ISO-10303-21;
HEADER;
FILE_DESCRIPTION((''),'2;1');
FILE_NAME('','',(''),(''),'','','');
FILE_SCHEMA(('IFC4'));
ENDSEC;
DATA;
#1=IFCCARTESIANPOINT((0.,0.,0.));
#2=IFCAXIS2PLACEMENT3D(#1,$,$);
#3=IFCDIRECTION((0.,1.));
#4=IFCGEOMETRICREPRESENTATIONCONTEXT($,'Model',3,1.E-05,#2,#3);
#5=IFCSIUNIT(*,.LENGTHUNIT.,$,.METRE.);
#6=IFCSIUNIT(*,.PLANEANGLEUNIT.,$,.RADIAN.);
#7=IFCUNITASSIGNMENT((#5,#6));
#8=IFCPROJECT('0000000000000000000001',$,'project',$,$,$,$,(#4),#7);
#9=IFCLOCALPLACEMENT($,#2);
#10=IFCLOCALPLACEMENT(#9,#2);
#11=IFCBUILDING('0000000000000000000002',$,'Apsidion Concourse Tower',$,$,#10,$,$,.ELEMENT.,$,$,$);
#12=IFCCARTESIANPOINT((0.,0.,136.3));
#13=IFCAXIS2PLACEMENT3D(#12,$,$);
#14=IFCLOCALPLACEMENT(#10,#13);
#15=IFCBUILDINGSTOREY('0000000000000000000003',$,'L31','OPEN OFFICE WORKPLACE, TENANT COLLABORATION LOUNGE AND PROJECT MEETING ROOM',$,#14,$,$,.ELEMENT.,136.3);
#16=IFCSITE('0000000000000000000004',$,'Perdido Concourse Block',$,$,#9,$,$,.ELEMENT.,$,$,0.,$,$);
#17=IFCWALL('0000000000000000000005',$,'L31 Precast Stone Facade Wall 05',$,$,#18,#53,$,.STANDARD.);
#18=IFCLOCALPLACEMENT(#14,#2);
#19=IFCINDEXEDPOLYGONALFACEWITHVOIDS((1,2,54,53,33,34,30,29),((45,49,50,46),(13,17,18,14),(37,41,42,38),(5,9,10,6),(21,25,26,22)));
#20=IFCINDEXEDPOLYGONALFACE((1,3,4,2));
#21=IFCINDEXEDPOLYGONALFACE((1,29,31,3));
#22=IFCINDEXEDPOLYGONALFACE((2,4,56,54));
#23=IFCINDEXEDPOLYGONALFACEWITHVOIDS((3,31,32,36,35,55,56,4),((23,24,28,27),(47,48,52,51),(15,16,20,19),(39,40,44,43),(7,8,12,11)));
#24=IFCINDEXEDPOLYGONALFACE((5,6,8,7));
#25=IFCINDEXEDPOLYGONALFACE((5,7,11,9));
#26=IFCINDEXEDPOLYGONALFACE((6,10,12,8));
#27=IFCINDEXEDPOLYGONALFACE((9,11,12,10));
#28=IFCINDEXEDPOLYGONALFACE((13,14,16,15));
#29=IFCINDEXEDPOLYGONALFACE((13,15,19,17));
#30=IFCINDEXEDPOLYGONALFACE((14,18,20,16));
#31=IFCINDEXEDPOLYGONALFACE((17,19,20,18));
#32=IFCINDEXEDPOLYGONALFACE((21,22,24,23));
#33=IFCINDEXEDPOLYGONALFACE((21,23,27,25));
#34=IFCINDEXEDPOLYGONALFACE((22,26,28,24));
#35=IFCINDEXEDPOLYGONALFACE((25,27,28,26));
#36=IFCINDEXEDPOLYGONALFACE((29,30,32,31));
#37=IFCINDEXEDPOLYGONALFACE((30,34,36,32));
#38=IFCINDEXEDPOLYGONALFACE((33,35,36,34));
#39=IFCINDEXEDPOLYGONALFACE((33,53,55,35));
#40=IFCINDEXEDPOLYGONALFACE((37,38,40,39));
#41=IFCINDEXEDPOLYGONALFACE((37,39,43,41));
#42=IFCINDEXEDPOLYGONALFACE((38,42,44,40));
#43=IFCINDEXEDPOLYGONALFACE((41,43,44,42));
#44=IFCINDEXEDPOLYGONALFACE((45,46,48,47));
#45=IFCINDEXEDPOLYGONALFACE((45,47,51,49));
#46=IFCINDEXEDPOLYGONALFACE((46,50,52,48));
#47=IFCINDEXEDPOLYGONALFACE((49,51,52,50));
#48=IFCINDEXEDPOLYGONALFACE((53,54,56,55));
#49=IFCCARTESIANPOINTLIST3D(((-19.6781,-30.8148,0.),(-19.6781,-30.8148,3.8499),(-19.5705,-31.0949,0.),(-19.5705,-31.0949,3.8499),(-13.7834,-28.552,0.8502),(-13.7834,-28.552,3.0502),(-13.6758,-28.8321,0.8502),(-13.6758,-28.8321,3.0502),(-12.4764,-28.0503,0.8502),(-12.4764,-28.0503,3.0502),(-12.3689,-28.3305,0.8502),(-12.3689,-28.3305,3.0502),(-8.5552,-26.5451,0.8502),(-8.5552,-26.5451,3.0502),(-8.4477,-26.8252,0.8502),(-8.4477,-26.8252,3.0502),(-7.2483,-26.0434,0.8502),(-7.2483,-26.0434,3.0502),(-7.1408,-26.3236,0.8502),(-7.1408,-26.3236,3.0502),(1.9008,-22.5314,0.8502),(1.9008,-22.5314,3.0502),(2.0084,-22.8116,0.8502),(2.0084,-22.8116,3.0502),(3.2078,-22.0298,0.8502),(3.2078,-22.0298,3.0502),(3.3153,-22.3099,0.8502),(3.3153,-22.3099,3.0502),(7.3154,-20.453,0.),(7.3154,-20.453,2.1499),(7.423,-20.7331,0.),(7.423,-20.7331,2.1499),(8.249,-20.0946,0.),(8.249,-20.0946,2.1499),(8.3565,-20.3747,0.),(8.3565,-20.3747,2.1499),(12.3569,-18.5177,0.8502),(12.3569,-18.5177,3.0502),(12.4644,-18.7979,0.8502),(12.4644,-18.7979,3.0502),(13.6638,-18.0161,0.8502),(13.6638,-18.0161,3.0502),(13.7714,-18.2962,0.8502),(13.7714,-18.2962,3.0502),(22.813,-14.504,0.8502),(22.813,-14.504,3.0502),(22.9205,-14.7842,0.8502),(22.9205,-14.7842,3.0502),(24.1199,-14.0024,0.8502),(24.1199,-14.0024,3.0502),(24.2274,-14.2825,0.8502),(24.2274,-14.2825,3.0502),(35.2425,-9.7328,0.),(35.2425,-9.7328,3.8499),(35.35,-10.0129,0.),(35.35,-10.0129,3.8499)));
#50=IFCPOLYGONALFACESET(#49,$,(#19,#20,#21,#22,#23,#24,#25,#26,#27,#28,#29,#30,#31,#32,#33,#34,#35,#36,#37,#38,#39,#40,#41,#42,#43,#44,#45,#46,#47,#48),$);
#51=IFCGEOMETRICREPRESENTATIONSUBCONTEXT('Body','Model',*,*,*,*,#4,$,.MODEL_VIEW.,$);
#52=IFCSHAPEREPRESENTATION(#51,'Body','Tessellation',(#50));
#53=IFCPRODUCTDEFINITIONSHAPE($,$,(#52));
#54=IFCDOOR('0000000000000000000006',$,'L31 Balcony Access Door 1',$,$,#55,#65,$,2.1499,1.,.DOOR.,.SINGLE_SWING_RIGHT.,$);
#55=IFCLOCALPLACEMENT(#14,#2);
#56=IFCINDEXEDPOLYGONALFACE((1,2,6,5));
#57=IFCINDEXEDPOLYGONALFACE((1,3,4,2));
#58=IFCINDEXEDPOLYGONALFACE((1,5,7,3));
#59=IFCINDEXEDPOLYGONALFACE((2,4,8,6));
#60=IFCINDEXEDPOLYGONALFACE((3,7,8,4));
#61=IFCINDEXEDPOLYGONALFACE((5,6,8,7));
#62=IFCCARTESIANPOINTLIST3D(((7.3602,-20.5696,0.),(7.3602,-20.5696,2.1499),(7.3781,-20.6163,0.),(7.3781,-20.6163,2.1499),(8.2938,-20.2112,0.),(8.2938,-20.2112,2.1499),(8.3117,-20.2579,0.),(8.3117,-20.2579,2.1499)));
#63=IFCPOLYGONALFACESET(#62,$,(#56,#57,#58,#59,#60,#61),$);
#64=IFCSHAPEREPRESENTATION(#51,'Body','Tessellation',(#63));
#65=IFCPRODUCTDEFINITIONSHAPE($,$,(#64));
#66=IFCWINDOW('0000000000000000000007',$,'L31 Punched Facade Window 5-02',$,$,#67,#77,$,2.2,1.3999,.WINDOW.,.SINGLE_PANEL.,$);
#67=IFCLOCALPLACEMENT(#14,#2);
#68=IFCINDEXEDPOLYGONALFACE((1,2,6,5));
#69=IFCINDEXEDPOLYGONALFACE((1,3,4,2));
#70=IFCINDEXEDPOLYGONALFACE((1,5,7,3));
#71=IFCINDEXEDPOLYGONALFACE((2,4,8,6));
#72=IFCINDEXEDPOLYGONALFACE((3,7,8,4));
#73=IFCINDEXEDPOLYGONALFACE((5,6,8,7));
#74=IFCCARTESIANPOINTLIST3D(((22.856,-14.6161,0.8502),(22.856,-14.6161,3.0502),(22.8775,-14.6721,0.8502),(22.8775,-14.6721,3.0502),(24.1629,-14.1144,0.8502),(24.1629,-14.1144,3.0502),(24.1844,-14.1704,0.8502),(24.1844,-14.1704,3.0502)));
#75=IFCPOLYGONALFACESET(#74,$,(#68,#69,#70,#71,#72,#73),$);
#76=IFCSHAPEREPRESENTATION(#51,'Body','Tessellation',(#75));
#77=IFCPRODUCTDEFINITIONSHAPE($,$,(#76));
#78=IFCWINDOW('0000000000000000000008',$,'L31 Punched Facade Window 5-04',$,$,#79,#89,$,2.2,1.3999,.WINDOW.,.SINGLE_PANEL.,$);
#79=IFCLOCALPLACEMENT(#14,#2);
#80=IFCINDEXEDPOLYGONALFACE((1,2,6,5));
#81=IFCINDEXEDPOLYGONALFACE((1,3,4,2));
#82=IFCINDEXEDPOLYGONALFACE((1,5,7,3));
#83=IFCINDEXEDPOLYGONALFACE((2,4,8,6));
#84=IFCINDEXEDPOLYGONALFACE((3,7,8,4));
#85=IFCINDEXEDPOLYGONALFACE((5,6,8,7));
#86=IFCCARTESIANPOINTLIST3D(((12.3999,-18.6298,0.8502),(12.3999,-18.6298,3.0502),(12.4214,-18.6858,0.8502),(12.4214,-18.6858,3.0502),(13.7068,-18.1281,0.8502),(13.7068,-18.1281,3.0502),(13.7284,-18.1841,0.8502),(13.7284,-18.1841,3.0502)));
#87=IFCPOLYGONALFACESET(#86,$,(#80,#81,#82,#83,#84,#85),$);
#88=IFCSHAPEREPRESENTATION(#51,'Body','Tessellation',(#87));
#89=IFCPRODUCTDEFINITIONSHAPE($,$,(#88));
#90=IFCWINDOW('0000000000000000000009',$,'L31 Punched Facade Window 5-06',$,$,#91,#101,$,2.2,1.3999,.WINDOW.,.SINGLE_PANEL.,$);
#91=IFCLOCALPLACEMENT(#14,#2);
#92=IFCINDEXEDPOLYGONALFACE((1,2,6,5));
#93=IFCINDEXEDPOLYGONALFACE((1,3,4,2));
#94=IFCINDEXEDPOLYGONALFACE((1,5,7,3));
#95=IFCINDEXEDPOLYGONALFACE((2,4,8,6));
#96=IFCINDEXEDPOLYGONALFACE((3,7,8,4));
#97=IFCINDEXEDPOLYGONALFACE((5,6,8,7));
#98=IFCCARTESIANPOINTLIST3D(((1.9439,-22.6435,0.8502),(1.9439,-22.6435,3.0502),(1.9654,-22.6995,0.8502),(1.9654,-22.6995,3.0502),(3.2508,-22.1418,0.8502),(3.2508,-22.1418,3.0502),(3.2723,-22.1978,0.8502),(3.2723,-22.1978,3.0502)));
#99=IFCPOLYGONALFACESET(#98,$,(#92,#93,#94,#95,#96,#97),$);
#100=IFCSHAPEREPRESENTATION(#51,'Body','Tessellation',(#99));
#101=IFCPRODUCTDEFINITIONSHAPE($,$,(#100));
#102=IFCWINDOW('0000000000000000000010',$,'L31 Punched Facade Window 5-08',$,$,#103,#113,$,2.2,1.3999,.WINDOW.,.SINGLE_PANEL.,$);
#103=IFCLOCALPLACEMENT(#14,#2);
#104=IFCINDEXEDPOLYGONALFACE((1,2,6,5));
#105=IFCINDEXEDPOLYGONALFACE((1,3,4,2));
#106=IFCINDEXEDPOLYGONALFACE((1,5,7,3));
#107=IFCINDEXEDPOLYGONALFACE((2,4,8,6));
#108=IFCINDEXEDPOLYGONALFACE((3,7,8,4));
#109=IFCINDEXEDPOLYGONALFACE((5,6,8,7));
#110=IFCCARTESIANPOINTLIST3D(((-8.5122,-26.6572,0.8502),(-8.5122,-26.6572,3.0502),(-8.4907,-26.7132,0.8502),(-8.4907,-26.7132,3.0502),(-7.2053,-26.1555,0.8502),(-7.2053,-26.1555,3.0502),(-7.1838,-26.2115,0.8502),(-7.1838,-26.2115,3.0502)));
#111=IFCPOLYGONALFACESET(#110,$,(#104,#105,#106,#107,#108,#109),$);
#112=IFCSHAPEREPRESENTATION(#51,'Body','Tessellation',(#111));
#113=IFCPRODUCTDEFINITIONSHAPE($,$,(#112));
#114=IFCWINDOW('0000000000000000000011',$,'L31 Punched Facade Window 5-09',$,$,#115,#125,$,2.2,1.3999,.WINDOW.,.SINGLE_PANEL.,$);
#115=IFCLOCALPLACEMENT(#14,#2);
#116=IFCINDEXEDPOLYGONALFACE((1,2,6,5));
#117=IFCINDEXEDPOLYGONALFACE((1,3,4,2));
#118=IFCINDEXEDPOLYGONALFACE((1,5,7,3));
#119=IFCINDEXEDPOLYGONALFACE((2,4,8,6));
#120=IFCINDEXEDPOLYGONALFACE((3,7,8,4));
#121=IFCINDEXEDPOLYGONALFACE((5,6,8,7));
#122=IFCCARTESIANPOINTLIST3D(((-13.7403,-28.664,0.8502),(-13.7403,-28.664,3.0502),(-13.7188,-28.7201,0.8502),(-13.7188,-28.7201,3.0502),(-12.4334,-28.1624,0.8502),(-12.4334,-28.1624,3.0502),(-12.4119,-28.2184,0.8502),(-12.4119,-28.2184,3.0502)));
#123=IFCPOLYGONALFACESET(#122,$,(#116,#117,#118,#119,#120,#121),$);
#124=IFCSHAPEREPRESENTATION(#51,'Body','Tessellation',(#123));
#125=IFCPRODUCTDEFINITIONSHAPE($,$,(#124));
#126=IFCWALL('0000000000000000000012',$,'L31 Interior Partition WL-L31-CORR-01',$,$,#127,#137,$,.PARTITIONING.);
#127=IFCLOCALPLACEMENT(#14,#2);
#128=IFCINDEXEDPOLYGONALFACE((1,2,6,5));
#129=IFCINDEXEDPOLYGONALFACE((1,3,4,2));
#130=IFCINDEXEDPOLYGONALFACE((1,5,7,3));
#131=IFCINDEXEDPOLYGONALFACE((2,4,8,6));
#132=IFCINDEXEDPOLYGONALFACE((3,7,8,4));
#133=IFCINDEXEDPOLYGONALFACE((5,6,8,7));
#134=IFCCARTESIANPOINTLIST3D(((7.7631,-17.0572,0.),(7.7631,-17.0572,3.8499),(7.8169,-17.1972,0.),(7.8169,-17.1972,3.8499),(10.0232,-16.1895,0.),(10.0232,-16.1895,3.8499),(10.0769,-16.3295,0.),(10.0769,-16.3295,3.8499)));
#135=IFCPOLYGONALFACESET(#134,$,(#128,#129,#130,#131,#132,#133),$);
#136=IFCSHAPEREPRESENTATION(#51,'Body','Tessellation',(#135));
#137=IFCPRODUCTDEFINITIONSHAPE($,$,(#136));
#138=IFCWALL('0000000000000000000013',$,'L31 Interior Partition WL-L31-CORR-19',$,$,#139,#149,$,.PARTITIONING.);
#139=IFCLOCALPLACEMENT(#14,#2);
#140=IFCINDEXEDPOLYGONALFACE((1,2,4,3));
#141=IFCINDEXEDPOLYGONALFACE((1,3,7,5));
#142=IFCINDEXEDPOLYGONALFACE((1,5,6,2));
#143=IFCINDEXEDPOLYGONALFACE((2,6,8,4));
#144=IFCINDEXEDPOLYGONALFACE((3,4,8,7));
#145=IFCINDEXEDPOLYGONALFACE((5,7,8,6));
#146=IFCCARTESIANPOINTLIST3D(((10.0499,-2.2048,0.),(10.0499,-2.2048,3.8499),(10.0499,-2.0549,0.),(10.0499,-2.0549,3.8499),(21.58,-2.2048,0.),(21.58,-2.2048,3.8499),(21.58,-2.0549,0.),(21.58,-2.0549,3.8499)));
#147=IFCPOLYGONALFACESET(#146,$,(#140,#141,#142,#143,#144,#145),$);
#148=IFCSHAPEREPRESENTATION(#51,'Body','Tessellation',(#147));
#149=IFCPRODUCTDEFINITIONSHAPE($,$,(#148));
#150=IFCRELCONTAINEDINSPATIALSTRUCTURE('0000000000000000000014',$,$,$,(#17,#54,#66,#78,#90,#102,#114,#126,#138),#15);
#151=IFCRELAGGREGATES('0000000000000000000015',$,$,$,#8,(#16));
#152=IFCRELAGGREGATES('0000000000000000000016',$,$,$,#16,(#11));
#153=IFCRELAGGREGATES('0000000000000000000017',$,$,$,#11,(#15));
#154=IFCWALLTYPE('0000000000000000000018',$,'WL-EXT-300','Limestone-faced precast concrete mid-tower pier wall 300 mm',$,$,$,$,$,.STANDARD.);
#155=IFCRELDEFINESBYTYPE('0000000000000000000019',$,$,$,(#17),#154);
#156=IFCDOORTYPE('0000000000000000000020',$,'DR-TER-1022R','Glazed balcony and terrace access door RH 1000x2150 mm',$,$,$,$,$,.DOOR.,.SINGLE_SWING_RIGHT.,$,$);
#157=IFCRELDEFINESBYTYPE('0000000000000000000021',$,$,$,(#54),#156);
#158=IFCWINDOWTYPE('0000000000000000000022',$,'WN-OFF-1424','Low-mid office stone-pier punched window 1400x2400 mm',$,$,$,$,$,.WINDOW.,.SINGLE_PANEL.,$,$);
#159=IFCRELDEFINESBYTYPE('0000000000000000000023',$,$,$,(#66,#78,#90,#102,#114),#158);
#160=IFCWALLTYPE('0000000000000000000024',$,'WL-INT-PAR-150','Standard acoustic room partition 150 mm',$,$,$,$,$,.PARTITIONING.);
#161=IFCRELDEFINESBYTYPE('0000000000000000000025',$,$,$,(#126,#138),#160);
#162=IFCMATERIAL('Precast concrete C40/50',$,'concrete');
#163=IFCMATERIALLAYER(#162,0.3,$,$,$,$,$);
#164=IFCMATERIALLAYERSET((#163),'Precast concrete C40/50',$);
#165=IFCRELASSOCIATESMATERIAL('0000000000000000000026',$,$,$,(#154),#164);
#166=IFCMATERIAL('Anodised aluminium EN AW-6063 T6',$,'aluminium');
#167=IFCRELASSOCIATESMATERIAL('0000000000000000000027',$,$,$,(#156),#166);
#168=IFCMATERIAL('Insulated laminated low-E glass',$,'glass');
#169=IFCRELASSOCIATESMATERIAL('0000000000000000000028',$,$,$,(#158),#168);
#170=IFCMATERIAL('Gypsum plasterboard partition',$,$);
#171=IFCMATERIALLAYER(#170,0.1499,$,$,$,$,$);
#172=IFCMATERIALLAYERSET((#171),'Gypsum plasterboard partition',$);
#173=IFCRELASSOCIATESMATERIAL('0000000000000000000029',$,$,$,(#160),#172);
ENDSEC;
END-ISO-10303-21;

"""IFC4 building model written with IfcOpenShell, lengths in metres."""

from ifc_helpers import new_model, si_unit, direction, frame, frame_2d, origin, place, context, subcontext, project, spatial, rectangle, extrude, material, layer, layer_set, type_object, element, fill, save


model = new_model("IFC4")

# Units and contexts
model_context = context("Model", 3, precision=1e-05, world=origin(), true_north=direction((0.0, 1.0)))
body_context = subcontext(model_context, "Body", "Model", "MODEL_VIEW")
ifc_project = project(units=[si_unit("LENGTHUNIT", "METRE"), si_unit("PLANEANGLEUNIT", "RADIAN")], contexts=[model_context])

# Site, building, storey
site_placement = place(None, origin())
site = spatial("IfcSite", under=ifc_project, at=site_placement, Name="Perdido Concourse Block", CompositionType="ELEMENT", RefElevation=0.0)
building_placement = place(site_placement, origin())
building = spatial("IfcBuilding", under=site, at=building_placement, Name="Apsidion Concourse Tower", CompositionType="ELEMENT")
storey_placement = place(building_placement, frame((0.0, 0.0, 136.3)))
storey = spatial("IfcBuildingStorey", under=building, at=storey_placement, Name="L31", Description="OPEN OFFICE WORKPLACE, TENANT COLLABORATION LOUNGE AND PROJECT MEETING ROOM", CompositionType="ELEMENT", Elevation=136.3)

# Shared definitions
ifc_material_1 = material(Name="Precast concrete C40/50", Category="concrete")
ifc_layer_1 = layer(ifc_material_1, 0.3)
ifc_layer_set_1 = layer_set([ifc_layer_1], Name="Precast concrete C40/50")
wall_type_1 = type_object("IfcWallType", Name="WL-EXT-300", Description="Limestone-faced precast concrete mid-tower pier wall 300 mm", PredefinedType="STANDARD", material=ifc_layer_set_1)

# Wall, openings, door, windows
wall_1_placement = place(storey_placement, frame((35.2964, -9.8728, 0.0), z_axis=(0.0, 0.0, 1.0), x_axis=(-0.933581, -0.358367, 0.0)))
wall_1 = element("IfcWall", 1, at=wall_1_placement, inside=storey, type_object=wall_type_1, Name="L31 Precast Stone Facade Wall 05", PredefinedType="STANDARD", context=body_context, shape_type="SweptSolid", body=[
    extrude(rectangle(XDim=58.8279, YDim=0.3, at=frame_2d((29.4141, 0.0))), origin(), (0.0, 0.0, 1.0), 3.8499),
])
opening_1_placement = place(wall_1_placement, frame((28.9141, 0.0, 0.0)))
opening_1 = element("IfcOpeningElement", 2, at=opening_1_placement, cuts=wall_1, PredefinedType="OPENING", context=body_context, shape_type="SweptSolid", body=[
    extrude(rectangle(XDim=1.0, YDim=2.1499, at=frame_2d((0.5, 1.075))), frame((0.0, 0.1602, 0.0), z_axis=(0.0, -1.0, 0.0), x_axis=(1.0, 0.0, 0.0)), (0.0, 0.0, 1.0), 0.3201),
])
opening_2_placement = place(wall_1_placement, frame((11.9141, 0.0, 0.8501)))
opening_2 = element("IfcOpeningElement", 3, at=opening_2_placement, cuts=wall_1, PredefinedType="OPENING", context=body_context, shape_type="SweptSolid", body=[
    extrude(rectangle(XDim=1.3999, YDim=2.2, at=frame_2d((0.7, 1.1001))), frame((0.0, 0.1602, 0.0), z_axis=(0.0, -1.0, 0.0), x_axis=(1.0, 0.0, 0.0)), (0.0, 0.0, 1.0), 0.3201),
])
opening_3_placement = place(wall_1_placement, frame((23.114, 0.0, 0.8501)))
opening_3 = element("IfcOpeningElement", 4, at=opening_3_placement, cuts=wall_1, PredefinedType="OPENING", context=body_context, shape_type="SweptSolid", body=[
    extrude(rectangle(XDim=1.3999, YDim=2.2, at=frame_2d((0.7, 1.1001))), frame((0.0, 0.1602, 0.0), z_axis=(0.0, -1.0, 0.0), x_axis=(1.0, 0.0, 0.0)), (0.0, 0.0, 1.0), 0.3201),
])
opening_4_placement = place(wall_1_placement, frame((34.314, 0.0, 0.8501)))
opening_4 = element("IfcOpeningElement", 5, at=opening_4_placement, cuts=wall_1, PredefinedType="OPENING", context=body_context, shape_type="SweptSolid", body=[
    extrude(rectangle(XDim=1.3999, YDim=2.2, at=frame_2d((0.7, 1.1001))), frame((0.0, 0.1602, 0.0), z_axis=(0.0, -1.0, 0.0), x_axis=(1.0, 0.0, 0.0)), (0.0, 0.0, 1.0), 0.3201),
])
opening_5_placement = place(wall_1_placement, frame((45.5139, 0.0, 0.8501)))
opening_5 = element("IfcOpeningElement", 6, at=opening_5_placement, cuts=wall_1, PredefinedType="OPENING", context=body_context, shape_type="SweptSolid", body=[
    extrude(rectangle(XDim=1.3999, YDim=2.2, at=frame_2d((0.7, 1.1001))), frame((0.0, 0.1602, 0.0), z_axis=(0.0, -1.0, 0.0), x_axis=(1.0, 0.0, 0.0)), (0.0, 0.0, 1.0), 0.3201),
])
opening_6_placement = place(wall_1_placement, frame((51.114, 0.0, 0.8501)))
opening_6 = element("IfcOpeningElement", 7, at=opening_6_placement, cuts=wall_1, PredefinedType="OPENING", context=body_context, shape_type="SweptSolid", body=[
    extrude(rectangle(XDim=1.3999, YDim=2.2, at=frame_2d((0.7, 1.1001))), frame((0.0, 0.1602, 0.0), z_axis=(0.0, -1.0, 0.0), x_axis=(1.0, 0.0, 0.0)), (0.0, 0.0, 1.0), 0.3201),
])
ifc_material_2 = material(Name="Anodised aluminium EN AW-6063 T6", Category="aluminium")
door_type_1 = type_object("IfcDoorType", Name="DR-TER-1022R", Description="Glazed balcony and terrace access door RH 1000x2150 mm", OperationType="SINGLE_SWING_RIGHT", PredefinedType="DOOR", material=ifc_material_2)
door_1_placement = place(opening_1_placement, origin())
door_1 = element("IfcDoor", 8, at=door_1_placement, inside=storey, type_object=door_type_1, Name="L31 Balcony Access Door 1", OperationType="SINGLE_SWING_RIGHT", OverallHeight=2.1499, OverallWidth=1.0, PredefinedType="DOOR", context=body_context, shape_type="SweptSolid", body=[
    extrude(rectangle(XDim=1.0, YDim=2.1499, at=frame_2d((0.5, 1.075))), frame((0.0, 0.0249, 0.0), z_axis=(0.0, -1.0, 0.0), x_axis=(1.0, 0.0, 0.0)), (0.0, 0.0, 1.0), 0.05),
])
fill(opening_1, door_1)
ifc_material_3 = material(Name="Insulated laminated low-E glass", Category="glass")
window_type = type_object("IfcWindowType", Name="WN-OFF-1424", Description="Low-mid office stone-pier punched window 1400x2400 mm", PartitioningType="SINGLE_PANEL", PredefinedType="WINDOW", material=ifc_material_3)
window_1_placement = place(opening_2_placement, origin())
window_1 = element("IfcWindow", 9, at=window_1_placement, inside=storey, type_object=window_type, Name="L31 Punched Facade Window 5-02", OverallHeight=2.2, OverallWidth=1.3999, PartitioningType="SINGLE_PANEL", PredefinedType="WINDOW", context=body_context, shape_type="SweptSolid", body=[
    extrude(rectangle(XDim=1.3999, YDim=2.2, at=frame_2d((0.7, 1.1001))), frame((0.0, 0.03, 0.0), z_axis=(0.0, -1.0, 0.0), x_axis=(1.0, 0.0, 0.0)), (0.0, 0.0, 1.0), 0.0601),
])
fill(opening_2, window_1)
window_2_placement = place(opening_3_placement, origin())
window_2 = element("IfcWindow", 10, at=window_2_placement, inside=storey, type_object=window_type, Name="L31 Punched Facade Window 5-04", OverallHeight=2.2, OverallWidth=1.3999, PartitioningType="SINGLE_PANEL", PredefinedType="WINDOW", context=body_context, shape_type="SweptSolid", body=[
    extrude(rectangle(XDim=1.3999, YDim=2.2, at=frame_2d((0.7, 1.1001))), frame((0.0, 0.03, 0.0), z_axis=(0.0, -1.0, 0.0), x_axis=(1.0, 0.0, 0.0)), (0.0, 0.0, 1.0), 0.0601),
])
fill(opening_3, window_2)
window_3_placement = place(opening_4_placement, origin())
window_3 = element("IfcWindow", 11, at=window_3_placement, inside=storey, type_object=window_type, Name="L31 Punched Facade Window 5-06", OverallHeight=2.2, OverallWidth=1.3999, PartitioningType="SINGLE_PANEL", PredefinedType="WINDOW", context=body_context, shape_type="SweptSolid", body=[
    extrude(rectangle(XDim=1.3999, YDim=2.2, at=frame_2d((0.7, 1.1001))), frame((0.0, 0.03, 0.0), z_axis=(0.0, -1.0, 0.0), x_axis=(1.0, 0.0, 0.0)), (0.0, 0.0, 1.0), 0.0601),
])
fill(opening_4, window_3)
window_4_placement = place(opening_5_placement, origin())
window_4 = element("IfcWindow", 12, at=window_4_placement, inside=storey, type_object=window_type, Name="L31 Punched Facade Window 5-08", OverallHeight=2.2, OverallWidth=1.3999, PartitioningType="SINGLE_PANEL", PredefinedType="WINDOW", context=body_context, shape_type="SweptSolid", body=[
    extrude(rectangle(XDim=1.3999, YDim=2.2, at=frame_2d((0.7, 1.1001))), frame((0.0, 0.03, 0.0), z_axis=(0.0, -1.0, 0.0), x_axis=(1.0, 0.0, 0.0)), (0.0, 0.0, 1.0), 0.0601),
])
fill(opening_5, window_4)
window_5_placement = place(opening_6_placement, origin())
window_5 = element("IfcWindow", 13, at=window_5_placement, inside=storey, type_object=window_type, Name="L31 Punched Facade Window 5-09", OverallHeight=2.2, OverallWidth=1.3999, PartitioningType="SINGLE_PANEL", PredefinedType="WINDOW", context=body_context, shape_type="SweptSolid", body=[
    extrude(rectangle(XDim=1.3999, YDim=2.2, at=frame_2d((0.7, 1.1001))), frame((0.0, 0.03, 0.0), z_axis=(0.0, -1.0, 0.0), x_axis=(1.0, 0.0, 0.0)), (0.0, 0.0, 1.0), 0.0601),
])
fill(opening_6, window_5)

# Walls
ifc_material_4 = material(Name="Gypsum plasterboard partition")
ifc_layer_2 = layer(ifc_material_4, 0.1499)
ifc_layer_set_2 = layer_set([ifc_layer_2], Name="Gypsum plasterboard partition")
wall_type_2 = type_object("IfcWallType", Name="WL-INT-PAR-150", Description="Standard acoustic room partition 150 mm", PredefinedType="PARTITIONING", material=ifc_layer_set_2)
wall_2_placement = place(storey_placement, frame((10.05, -16.2595, 0.0), z_axis=(0.0, 0.0, 1.0), x_axis=(-0.933561, -0.358418, 0.0)))
element("IfcWall", 14, at=wall_2_placement, inside=storey, type_object=wall_type_2, Name="L31 Interior Partition WL-L31-CORR-01", PredefinedType="PARTITIONING", context=body_context, shape_type="SweptSolid", body=[
    extrude(rectangle(XDim=2.4209, YDim=0.1499, at=frame_2d((1.2104, 0.0))), origin(), (0.0, 0.0, 1.0), 3.8499),
])
wall_3_placement = place(storey_placement, frame((21.5801, -2.1299, 0.0), z_axis=(0.0, 0.0, 1.0), x_axis=(-1.0, 0.0, 0.0)))
element("IfcWall", 15, at=wall_3_placement, inside=storey, type_object=wall_type_2, Name="L31 Interior Partition WL-L31-CORR-19", PredefinedType="PARTITIONING", context=body_context, shape_type="SweptSolid", body=[
    extrude(rectangle(XDim=11.53, YDim=0.1499, at=frame_2d((5.7651, 0.0))), origin(), (0.0, 0.0, 1.0), 3.8499),
])

save(model, "model.ifc")
